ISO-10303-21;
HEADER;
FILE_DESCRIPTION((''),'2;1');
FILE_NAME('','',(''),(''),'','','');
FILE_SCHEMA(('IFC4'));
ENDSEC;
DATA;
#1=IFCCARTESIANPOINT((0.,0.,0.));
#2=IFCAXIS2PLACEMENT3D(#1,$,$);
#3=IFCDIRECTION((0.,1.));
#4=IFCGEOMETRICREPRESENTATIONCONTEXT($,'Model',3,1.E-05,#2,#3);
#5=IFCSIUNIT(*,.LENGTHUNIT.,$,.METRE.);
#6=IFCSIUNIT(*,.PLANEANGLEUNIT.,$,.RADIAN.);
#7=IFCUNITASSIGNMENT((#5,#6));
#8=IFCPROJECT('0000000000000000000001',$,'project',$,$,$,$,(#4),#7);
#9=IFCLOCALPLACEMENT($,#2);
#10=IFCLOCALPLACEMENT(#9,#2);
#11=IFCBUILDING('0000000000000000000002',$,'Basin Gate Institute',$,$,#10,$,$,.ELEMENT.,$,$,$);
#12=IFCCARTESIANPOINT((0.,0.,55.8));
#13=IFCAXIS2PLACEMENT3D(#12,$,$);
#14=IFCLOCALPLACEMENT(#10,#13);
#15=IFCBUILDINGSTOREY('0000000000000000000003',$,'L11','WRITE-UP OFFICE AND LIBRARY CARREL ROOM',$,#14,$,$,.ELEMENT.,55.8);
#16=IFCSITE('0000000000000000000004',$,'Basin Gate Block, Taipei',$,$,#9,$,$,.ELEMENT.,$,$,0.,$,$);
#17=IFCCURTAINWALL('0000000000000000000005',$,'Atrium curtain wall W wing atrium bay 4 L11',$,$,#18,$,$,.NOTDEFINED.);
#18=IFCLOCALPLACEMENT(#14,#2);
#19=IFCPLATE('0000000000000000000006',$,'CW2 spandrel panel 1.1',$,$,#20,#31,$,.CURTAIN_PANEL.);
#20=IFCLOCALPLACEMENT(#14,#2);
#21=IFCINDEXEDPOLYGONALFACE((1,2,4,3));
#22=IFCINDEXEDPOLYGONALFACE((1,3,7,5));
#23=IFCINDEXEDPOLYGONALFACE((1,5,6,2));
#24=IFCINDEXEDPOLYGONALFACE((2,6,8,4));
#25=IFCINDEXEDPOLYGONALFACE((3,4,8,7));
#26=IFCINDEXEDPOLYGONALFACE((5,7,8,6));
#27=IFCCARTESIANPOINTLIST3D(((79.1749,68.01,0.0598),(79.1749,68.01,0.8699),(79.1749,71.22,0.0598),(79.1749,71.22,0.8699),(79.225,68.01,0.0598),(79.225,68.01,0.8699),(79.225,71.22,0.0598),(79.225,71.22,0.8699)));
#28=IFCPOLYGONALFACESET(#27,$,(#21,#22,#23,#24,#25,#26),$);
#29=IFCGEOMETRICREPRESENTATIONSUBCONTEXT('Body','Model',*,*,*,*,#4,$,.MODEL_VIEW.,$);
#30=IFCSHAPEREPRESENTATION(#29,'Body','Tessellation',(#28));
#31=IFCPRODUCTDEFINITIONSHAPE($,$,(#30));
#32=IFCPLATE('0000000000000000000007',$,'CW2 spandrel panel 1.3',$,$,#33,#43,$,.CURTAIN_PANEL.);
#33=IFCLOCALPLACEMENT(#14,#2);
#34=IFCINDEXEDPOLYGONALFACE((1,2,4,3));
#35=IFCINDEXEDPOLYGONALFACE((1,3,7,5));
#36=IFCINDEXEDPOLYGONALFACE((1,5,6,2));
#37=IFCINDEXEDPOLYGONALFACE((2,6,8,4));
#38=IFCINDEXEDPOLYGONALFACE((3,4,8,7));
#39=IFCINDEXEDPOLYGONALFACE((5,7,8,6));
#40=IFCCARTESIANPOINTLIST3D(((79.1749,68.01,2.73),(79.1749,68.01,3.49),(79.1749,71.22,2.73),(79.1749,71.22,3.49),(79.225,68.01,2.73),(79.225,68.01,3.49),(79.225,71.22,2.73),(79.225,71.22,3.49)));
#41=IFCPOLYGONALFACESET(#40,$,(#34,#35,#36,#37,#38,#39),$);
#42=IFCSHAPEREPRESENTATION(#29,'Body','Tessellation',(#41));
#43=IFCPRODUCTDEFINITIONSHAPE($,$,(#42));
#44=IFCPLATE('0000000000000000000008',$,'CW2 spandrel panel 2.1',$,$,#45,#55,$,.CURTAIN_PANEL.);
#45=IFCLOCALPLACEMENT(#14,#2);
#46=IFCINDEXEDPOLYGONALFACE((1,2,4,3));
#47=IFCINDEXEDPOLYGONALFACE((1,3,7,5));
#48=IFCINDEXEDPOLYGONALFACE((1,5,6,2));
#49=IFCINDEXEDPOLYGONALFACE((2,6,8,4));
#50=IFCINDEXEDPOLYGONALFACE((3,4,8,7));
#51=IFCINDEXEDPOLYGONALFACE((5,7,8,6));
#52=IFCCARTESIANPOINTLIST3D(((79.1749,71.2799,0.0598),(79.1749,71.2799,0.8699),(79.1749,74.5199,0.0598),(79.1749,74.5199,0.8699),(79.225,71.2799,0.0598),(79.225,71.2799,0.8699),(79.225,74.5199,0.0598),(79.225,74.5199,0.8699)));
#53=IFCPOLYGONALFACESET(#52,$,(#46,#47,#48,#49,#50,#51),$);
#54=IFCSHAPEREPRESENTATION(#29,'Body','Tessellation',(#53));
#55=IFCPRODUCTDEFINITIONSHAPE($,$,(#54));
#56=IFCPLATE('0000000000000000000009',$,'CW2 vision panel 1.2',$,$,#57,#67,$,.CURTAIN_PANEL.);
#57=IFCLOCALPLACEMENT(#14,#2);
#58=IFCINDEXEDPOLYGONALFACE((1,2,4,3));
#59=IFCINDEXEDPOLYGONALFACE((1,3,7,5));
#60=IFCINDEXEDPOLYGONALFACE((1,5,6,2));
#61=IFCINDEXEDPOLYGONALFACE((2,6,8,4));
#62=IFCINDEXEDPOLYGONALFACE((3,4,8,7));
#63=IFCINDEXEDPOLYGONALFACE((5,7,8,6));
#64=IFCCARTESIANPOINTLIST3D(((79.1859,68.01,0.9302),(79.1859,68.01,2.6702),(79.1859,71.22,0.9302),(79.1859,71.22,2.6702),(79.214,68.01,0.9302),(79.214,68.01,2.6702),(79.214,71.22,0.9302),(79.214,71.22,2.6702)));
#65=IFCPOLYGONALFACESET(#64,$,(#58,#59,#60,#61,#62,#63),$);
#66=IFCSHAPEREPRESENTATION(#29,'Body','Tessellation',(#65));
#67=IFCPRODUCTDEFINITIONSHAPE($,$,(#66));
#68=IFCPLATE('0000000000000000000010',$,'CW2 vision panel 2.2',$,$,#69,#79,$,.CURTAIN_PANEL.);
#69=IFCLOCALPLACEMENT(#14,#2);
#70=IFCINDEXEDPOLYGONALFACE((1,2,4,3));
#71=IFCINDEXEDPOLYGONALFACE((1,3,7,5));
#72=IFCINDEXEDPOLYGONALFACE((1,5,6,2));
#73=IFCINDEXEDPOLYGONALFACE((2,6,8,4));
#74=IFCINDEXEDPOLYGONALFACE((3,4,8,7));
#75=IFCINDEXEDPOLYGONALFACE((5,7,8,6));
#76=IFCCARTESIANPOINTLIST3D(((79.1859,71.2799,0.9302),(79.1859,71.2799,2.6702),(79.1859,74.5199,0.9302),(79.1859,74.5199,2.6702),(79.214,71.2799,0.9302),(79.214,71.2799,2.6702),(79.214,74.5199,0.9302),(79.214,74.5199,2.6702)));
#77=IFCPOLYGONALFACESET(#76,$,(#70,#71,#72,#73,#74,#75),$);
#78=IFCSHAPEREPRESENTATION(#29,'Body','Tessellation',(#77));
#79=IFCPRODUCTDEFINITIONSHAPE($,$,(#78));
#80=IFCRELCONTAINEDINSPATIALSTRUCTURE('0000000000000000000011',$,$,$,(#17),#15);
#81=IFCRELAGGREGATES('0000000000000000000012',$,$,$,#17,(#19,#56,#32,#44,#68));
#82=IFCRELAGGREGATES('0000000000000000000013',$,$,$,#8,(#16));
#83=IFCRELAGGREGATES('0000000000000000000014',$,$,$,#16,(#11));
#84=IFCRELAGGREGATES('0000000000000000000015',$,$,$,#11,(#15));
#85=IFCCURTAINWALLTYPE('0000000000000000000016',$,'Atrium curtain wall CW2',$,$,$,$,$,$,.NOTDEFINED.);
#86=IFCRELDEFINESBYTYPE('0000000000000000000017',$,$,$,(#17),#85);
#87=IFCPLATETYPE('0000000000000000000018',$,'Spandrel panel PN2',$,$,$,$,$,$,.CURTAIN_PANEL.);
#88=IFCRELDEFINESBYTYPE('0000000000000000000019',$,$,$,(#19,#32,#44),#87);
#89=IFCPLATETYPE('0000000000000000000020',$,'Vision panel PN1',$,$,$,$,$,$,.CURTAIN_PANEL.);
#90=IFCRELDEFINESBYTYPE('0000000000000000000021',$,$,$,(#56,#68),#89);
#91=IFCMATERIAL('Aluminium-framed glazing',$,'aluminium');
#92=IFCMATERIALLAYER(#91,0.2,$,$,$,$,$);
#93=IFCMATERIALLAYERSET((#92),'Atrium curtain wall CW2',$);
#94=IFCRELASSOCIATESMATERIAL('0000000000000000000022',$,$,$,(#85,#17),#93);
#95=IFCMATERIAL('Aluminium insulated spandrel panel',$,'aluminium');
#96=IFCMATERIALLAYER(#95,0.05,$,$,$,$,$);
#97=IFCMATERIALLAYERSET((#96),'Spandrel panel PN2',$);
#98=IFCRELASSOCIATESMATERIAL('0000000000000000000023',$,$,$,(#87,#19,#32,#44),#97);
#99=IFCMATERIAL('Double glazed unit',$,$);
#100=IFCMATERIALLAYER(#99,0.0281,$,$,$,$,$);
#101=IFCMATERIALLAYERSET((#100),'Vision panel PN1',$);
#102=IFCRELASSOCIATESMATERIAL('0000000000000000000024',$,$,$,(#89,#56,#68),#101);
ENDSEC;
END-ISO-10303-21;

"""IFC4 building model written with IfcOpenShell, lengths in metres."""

from ifc_helpers import new_model, si_unit, direction, frame, origin, origin_2d, place, context, subcontext, project, spatial, rectangle, extrude, material, layer, layer_set, type_object, element, aggregate, save


model = new_model("IFC4")

# Units and contexts
model_context = context("Model", 3, precision=1e-05, world=origin(), true_north=direction((0.0, 1.0)))
body_context = subcontext(model_context, "Body", "Model", "MODEL_VIEW")
ifc_project = project(units=[si_unit("LENGTHUNIT", "METRE"), si_unit("PLANEANGLEUNIT", "RADIAN")], contexts=[model_context])

# Site, building, storey
site_placement = place(None, origin())
site = spatial("IfcSite", under=ifc_project, at=site_placement, Name="Basin Gate Block, Taipei", CompositionType="ELEMENT", RefElevation=0.0)
building_placement = place(site_placement, origin())
building = spatial("IfcBuilding", under=site, at=building_placement, Name="Basin Gate Institute", CompositionType="ELEMENT")
storey_placement = place(building_placement, frame((0.0, 0.0, 55.8)))
storey = spatial("IfcBuildingStorey", under=building, at=storey_placement, Name="L11", Description="WRITE-UP OFFICE AND LIBRARY CARREL ROOM", CompositionType="ELEMENT", Elevation=55.8)

# Shared definitions
ifc_material_1 = material(Name="Aluminium-framed glazing", Category="aluminium")
ifc_layer_1 = layer(ifc_material_1, 0.2)
ifc_layer_set_1 = layer_set([ifc_layer_1], Name="Atrium curtain wall CW2")
curtain_wall_type = type_object("IfcCurtainWallType", Name="Atrium curtain wall CW2", PredefinedType="NOTDEFINED", material=ifc_layer_set_1)

# Curtain wall
curtain_wall_1_placement = place(storey_placement, origin())
curtain_wall_1 = element("IfcCurtainWall", 1, at=curtain_wall_1_placement, inside=storey, type_object=curtain_wall_type, material=ifc_layer_set_1, Name="Atrium curtain wall W wing atrium bay 4 L11", PredefinedType="NOTDEFINED")

# Plates
ifc_material_2 = material(Name="Aluminium insulated spandrel panel", Category="aluminium")
ifc_layer_2 = layer(ifc_material_2, 0.05)
ifc_layer_set_2 = layer_set([ifc_layer_2], Name="Spandrel panel PN2")
plate_type_1 = type_object("IfcPlateType", Name="Spandrel panel PN2", PredefinedType="CURTAIN_PANEL", material=ifc_layer_set_2)
plate_1_placement = place(storey_placement, frame((79.2, 69.615, 0.0598), z_axis=(0.0, 0.0, 1.0), x_axis=(0.0, 1.0, 0.0)))
plate_1 = element("IfcPlate", 2, at=plate_1_placement, type_object=plate_type_1, material=ifc_layer_set_2, Name="CW2 spandrel panel 1.1", PredefinedType="CURTAIN_PANEL", context=body_context, shape_type="SweptSolid", body=[
    extrude(rectangle(XDim=3.21, YDim=0.05, at=origin_2d()), origin(), (0.0, 0.0, 1.0), 0.8101),
])
plate_2_placement = place(storey_placement, frame((79.2, 69.615, 2.73), z_axis=(0.0, 0.0, 1.0), x_axis=(0.0, 1.0, 0.0)))
plate_2 = element("IfcPlate", 3, at=plate_2_placement, type_object=plate_type_1, material=ifc_layer_set_2, Name="CW2 spandrel panel 1.3", PredefinedType="CURTAIN_PANEL", context=body_context, shape_type="SweptSolid", body=[
    extrude(rectangle(XDim=3.21, YDim=0.05, at=origin_2d()), origin(), (0.0, 0.0, 1.0), 0.76),
])
plate_3_placement = place(storey_placement, frame((79.2, 72.8999, 0.0598), z_axis=(0.0, 0.0, 1.0), x_axis=(0.0, 1.0, 0.0)))
plate_3 = element("IfcPlate", 4, at=plate_3_placement, type_object=plate_type_1, material=ifc_layer_set_2, Name="CW2 spandrel panel 2.1", PredefinedType="CURTAIN_PANEL", context=body_context, shape_type="SweptSolid", body=[
    extrude(rectangle(XDim=3.24, YDim=0.05, at=origin_2d()), origin(), (0.0, 0.0, 1.0), 0.8101),
])
ifc_material_3 = material(Name="Double glazed unit")
ifc_layer_3 = layer(ifc_material_3, 0.0281)
ifc_layer_set_3 = layer_set([ifc_layer_3], Name="Vision panel PN1")
plate_type_2 = type_object("IfcPlateType", Name="Vision panel PN1", PredefinedType="CURTAIN_PANEL", material=ifc_layer_set_3)
plate_4_placement = place(storey_placement, frame((79.2, 69.615, 0.9302), z_axis=(0.0, 0.0, 1.0), x_axis=(0.0, 1.0, 0.0)))
plate_4 = element("IfcPlate", 5, at=plate_4_placement, type_object=plate_type_2, material=ifc_layer_set_3, Name="CW2 vision panel 1.2", PredefinedType="CURTAIN_PANEL", context=body_context, shape_type="SweptSolid", body=[
    extrude(rectangle(XDim=3.21, YDim=0.0281, at=origin_2d()), origin(), (0.0, 0.0, 1.0), 1.74),
])
plate_5_placement = place(storey_placement, frame((79.2, 72.8999, 0.9302), z_axis=(0.0, 0.0, 1.0), x_axis=(0.0, 1.0, 0.0)))
plate_5 = element("IfcPlate", 6, at=plate_5_placement, type_object=plate_type_2, material=ifc_layer_set_3, Name="CW2 vision panel 2.2", PredefinedType="CURTAIN_PANEL", context=body_context, shape_type="SweptSolid", body=[
    extrude(rectangle(XDim=3.24, YDim=0.0281, at=origin_2d()), origin(), (0.0, 0.0, 1.0), 1.74),
])
aggregate(curtain_wall_1, [plate_1, plate_4, plate_2, plate_3, plate_5])

save(model, "model.ifc")
